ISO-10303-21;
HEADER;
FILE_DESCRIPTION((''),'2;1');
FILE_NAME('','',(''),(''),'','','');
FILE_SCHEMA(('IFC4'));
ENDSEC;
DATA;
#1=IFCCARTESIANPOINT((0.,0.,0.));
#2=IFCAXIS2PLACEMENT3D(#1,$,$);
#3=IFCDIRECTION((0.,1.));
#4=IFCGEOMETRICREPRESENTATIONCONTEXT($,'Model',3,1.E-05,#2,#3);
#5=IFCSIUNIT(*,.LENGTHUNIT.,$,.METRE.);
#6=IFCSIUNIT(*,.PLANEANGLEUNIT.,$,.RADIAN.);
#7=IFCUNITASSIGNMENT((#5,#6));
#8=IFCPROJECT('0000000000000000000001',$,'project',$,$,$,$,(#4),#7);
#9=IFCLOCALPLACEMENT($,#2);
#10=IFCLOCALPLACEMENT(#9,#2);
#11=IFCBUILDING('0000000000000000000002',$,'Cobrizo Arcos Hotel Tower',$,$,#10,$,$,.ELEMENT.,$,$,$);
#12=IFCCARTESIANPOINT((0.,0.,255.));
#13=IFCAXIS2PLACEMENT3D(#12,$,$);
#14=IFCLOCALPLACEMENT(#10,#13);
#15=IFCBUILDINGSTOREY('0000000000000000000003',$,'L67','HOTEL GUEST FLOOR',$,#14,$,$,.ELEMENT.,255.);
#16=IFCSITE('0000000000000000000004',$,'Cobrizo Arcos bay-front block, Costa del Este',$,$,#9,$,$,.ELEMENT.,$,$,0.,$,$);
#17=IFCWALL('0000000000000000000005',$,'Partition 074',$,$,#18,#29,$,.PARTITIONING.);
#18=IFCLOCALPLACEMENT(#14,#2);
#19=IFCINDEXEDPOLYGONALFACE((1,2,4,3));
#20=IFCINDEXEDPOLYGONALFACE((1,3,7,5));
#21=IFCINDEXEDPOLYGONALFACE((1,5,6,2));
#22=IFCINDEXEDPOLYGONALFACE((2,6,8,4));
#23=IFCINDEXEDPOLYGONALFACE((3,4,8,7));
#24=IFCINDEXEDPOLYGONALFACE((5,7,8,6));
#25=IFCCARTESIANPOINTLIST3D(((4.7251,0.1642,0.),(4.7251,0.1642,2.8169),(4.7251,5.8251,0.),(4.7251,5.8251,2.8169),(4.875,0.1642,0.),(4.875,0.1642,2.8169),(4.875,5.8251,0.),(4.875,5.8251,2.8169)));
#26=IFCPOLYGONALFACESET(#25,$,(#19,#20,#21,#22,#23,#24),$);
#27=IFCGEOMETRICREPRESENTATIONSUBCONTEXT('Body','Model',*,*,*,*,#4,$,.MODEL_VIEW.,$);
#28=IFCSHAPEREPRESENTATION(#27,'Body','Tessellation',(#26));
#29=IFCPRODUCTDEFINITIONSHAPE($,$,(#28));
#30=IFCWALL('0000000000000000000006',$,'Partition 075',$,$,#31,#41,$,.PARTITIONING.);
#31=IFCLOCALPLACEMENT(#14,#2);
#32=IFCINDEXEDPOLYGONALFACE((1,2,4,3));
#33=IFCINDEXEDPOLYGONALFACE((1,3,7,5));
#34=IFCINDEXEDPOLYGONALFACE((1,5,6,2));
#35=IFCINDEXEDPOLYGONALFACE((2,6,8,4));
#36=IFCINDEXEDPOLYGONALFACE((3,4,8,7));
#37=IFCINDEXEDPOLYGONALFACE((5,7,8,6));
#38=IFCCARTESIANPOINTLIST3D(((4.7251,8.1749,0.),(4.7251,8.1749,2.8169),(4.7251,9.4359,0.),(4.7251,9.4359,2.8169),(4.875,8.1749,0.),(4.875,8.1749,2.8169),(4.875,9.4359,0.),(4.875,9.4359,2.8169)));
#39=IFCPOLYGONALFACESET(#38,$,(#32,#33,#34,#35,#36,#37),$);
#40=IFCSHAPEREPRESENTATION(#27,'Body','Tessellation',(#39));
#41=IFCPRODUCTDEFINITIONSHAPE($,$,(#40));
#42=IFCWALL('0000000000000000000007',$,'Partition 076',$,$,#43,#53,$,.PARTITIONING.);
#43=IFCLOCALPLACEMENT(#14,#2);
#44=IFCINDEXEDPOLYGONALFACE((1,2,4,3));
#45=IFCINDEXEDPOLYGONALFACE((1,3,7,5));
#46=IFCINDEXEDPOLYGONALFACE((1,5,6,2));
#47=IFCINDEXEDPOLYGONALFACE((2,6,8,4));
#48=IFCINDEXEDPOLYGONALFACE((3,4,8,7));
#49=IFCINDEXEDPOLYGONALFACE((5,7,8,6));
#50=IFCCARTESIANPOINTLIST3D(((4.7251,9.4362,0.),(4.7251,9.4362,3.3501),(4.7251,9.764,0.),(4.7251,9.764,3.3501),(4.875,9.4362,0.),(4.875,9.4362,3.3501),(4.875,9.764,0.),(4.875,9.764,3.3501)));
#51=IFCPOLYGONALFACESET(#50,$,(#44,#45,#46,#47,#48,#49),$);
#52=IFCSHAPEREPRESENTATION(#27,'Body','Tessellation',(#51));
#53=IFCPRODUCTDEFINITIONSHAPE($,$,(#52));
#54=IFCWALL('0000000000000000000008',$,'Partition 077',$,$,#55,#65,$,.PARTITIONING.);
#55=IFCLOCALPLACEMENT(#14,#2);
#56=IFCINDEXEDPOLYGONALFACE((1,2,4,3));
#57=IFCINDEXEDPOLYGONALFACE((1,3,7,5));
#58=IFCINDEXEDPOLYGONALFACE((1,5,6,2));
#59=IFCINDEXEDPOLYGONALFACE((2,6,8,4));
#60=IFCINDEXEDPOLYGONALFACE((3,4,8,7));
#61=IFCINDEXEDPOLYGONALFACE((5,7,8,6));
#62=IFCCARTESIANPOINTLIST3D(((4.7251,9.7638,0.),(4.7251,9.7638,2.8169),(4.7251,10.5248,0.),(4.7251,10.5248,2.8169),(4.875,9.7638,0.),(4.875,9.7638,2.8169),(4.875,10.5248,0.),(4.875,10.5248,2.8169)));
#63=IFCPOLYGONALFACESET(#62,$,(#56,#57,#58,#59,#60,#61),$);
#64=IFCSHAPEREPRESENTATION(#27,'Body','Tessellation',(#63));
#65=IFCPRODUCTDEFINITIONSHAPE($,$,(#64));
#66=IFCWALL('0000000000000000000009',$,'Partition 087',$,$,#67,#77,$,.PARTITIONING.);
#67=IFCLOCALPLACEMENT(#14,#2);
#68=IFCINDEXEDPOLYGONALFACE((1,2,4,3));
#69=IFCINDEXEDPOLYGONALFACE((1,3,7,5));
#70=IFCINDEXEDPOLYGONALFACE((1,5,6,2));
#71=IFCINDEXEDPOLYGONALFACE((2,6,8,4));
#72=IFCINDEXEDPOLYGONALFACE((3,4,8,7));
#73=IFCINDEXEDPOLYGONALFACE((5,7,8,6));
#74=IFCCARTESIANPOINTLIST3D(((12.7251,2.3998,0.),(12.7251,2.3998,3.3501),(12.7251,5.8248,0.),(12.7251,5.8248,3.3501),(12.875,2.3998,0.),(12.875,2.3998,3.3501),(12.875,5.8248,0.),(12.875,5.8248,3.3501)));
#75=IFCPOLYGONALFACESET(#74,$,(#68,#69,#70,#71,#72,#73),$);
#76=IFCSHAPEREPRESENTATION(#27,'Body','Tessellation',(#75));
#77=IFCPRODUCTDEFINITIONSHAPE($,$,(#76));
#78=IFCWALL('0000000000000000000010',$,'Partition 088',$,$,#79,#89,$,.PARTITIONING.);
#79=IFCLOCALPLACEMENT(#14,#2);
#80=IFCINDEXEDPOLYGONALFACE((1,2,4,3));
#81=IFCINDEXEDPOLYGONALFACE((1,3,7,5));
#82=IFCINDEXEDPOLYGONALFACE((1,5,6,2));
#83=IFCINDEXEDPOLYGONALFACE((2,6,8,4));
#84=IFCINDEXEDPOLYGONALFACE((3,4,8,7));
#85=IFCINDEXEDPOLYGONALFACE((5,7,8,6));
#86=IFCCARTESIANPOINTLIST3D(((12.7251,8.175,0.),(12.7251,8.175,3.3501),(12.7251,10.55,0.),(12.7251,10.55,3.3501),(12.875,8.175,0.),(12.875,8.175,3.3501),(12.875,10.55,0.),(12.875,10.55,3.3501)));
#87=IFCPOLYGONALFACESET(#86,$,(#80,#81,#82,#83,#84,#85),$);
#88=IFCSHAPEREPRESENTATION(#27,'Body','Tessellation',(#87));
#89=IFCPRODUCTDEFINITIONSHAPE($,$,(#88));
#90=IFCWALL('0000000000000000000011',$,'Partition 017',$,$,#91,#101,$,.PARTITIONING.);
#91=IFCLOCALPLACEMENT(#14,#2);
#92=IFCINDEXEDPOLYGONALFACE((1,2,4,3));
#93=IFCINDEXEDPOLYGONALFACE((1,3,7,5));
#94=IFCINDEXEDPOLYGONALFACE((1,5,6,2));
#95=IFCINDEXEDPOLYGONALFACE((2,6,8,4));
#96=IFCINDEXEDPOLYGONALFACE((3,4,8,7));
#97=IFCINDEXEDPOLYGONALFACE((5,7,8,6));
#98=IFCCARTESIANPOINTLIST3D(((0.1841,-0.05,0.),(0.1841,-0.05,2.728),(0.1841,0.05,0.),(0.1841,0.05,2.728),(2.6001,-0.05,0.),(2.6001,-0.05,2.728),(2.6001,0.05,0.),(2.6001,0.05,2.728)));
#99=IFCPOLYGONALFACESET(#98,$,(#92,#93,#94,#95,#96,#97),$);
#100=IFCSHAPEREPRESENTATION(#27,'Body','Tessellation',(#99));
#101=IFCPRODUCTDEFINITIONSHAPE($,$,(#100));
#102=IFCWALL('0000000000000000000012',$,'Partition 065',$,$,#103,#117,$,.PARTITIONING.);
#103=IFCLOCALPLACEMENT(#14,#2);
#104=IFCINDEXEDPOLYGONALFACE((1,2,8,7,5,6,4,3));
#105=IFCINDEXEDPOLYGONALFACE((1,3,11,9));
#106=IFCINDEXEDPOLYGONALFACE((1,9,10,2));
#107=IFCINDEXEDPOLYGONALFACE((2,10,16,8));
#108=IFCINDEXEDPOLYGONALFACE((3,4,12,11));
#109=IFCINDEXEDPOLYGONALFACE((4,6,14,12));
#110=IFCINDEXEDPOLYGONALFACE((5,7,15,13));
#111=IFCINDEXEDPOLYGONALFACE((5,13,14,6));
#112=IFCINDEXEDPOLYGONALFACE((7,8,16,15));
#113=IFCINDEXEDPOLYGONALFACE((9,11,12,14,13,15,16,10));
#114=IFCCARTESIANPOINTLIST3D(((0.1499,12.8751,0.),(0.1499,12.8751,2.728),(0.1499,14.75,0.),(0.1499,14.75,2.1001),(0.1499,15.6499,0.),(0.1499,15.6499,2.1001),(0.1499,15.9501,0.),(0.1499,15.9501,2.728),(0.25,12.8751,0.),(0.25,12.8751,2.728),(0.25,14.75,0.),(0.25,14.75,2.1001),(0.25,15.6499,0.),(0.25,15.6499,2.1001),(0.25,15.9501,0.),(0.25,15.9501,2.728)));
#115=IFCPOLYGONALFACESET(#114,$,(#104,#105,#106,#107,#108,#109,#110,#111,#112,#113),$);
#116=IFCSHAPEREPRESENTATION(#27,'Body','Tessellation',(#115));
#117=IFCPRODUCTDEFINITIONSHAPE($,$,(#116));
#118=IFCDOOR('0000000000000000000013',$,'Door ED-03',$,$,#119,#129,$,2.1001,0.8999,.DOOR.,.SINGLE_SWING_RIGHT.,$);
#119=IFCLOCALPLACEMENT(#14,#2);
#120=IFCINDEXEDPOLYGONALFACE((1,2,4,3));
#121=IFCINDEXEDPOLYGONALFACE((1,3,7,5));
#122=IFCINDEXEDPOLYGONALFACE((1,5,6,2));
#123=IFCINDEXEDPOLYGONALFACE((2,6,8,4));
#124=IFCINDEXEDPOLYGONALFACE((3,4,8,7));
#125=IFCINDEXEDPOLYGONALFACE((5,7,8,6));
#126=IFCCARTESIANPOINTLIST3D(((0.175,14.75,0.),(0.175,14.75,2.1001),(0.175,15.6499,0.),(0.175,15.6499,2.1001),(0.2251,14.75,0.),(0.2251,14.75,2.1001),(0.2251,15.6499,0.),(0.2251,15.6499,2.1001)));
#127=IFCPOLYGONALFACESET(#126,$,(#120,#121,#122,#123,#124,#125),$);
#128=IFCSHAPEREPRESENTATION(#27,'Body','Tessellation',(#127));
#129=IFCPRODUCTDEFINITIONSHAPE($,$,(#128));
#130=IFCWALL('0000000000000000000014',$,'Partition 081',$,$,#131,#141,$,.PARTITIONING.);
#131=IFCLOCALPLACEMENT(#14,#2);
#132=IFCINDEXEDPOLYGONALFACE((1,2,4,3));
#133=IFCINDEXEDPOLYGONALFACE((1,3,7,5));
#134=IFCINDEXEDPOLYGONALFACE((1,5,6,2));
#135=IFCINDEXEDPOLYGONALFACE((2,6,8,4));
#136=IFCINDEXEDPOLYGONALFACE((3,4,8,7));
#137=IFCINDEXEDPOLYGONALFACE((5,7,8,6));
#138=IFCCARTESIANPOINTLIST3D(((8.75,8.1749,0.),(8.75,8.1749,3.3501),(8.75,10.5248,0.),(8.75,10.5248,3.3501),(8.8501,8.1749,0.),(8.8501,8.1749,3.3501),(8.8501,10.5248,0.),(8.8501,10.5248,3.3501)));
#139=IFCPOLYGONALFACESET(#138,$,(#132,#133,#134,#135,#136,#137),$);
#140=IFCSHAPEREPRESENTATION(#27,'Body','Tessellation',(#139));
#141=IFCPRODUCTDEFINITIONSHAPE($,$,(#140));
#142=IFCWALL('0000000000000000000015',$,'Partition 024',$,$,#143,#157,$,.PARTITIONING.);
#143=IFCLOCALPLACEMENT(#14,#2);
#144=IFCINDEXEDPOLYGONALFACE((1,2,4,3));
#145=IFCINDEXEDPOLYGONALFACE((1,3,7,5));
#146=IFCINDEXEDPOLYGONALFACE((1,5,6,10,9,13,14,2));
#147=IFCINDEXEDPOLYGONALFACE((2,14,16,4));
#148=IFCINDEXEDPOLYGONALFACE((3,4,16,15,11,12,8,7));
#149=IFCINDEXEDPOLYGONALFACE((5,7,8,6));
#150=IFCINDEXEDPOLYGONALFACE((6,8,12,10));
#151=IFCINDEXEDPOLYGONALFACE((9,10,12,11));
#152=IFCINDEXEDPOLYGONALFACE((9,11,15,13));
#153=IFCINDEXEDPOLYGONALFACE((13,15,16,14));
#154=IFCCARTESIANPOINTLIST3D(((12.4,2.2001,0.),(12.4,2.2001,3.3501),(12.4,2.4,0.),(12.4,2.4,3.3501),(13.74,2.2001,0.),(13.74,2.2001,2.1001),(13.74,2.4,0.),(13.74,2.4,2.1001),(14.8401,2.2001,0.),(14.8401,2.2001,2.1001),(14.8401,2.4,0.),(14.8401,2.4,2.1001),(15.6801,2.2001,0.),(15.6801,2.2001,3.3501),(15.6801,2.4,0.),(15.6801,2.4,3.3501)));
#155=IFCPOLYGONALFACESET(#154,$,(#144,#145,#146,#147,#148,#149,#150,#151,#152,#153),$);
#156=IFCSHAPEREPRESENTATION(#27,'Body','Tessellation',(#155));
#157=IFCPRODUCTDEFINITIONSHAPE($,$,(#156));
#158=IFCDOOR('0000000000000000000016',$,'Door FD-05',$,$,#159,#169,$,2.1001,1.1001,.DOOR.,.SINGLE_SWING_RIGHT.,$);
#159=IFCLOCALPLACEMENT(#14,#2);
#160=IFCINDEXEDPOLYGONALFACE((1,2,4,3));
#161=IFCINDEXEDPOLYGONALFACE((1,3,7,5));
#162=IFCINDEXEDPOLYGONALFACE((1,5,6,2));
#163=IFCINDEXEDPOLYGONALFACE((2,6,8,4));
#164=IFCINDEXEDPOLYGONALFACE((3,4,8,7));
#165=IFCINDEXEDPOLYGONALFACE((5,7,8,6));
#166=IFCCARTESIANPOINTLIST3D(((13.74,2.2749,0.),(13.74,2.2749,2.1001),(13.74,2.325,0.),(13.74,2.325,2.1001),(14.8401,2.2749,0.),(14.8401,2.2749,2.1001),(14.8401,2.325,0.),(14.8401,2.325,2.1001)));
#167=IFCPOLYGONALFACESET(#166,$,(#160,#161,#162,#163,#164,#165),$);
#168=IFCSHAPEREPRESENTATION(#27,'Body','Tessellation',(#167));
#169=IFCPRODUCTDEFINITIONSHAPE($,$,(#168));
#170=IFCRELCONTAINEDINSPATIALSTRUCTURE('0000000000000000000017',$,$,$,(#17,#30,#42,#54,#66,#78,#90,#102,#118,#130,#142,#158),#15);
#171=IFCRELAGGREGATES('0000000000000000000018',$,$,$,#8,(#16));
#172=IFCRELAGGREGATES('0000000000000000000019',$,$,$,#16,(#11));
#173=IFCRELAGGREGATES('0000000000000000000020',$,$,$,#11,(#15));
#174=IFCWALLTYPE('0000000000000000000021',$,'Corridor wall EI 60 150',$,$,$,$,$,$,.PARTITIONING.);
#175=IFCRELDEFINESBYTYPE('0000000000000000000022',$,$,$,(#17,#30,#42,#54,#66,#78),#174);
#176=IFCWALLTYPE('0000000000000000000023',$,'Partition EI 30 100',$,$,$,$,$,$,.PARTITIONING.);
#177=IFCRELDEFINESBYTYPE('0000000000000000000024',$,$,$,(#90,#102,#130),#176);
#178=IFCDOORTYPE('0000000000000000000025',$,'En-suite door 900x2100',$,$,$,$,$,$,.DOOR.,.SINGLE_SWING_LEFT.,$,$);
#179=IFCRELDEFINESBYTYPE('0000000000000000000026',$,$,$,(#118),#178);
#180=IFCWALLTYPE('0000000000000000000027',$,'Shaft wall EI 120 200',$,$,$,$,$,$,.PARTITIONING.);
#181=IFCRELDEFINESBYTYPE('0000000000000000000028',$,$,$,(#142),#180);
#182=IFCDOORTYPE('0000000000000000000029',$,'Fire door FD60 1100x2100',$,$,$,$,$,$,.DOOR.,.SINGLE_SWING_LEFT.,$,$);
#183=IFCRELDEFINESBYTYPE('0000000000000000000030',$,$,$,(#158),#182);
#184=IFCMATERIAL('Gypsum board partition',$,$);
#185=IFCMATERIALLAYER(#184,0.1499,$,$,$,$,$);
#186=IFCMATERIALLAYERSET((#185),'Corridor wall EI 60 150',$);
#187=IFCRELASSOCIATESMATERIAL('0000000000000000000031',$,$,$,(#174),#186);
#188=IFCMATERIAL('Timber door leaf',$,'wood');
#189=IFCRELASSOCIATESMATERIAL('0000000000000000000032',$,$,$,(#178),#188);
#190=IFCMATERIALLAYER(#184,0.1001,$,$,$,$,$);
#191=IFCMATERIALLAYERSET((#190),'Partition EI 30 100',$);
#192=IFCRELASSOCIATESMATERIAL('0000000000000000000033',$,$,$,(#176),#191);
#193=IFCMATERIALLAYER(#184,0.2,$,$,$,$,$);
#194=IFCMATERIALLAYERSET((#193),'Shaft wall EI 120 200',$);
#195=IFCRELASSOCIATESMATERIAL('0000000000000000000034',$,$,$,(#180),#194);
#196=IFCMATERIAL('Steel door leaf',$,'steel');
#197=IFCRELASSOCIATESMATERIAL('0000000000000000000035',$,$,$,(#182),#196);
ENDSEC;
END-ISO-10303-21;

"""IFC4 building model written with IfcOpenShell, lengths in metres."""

from ifc_helpers import new_model, si_unit, direction, frame, frame_2d, origin, place, context, subcontext, project, spatial, rectangle, extrude, material, layer, layer_set, type_object, element, fill, save


model = new_model("IFC4")

# Units and contexts
model_context = context("Model", 3, precision=1e-05, world=origin(), true_north=direction((0.0, 1.0)))
body_context = subcontext(model_context, "Body", "Model", "MODEL_VIEW")
ifc_project = project(units=[si_unit("LENGTHUNIT", "METRE"), si_unit("PLANEANGLEUNIT", "RADIAN")], contexts=[model_context])

# Site, building, storey
site_placement = place(None, origin())
site = spatial("IfcSite", under=ifc_project, at=site_placement, Name="Cobrizo Arcos bay-front block, Costa del Este", CompositionType="ELEMENT", RefElevation=0.0)
building_placement = place(site_placement, origin())
building = spatial("IfcBuilding", under=site, at=building_placement, Name="Cobrizo Arcos Hotel Tower", CompositionType="ELEMENT")
storey_placement = place(building_placement, frame((0.0, 0.0, 255.0)))
storey = spatial("IfcBuildingStorey", under=building, at=storey_placement, Name="L67", Description="HOTEL GUEST FLOOR", CompositionType="ELEMENT", Elevation=255.0)

# Shared definitions
ifc_material_1 = material(Name="Gypsum board partition")
ifc_layer_1 = layer(ifc_material_1, 0.1499)
ifc_layer_set_1 = layer_set([ifc_layer_1], Name="Corridor wall EI 60 150")
wall_type_1 = type_object("IfcWallType", Name="Corridor wall EI 60 150", PredefinedType="PARTITIONING", material=ifc_layer_set_1)

# Shared definitions
ifc_material_2 = material(Name="Timber door leaf", Category="wood")
door_type_1 = type_object("IfcDoorType", Name="En-suite door 900x2100", OperationType="SINGLE_SWING_LEFT", PredefinedType="DOOR", material=ifc_material_2)

# Walls
wall_1_placement = place(storey_placement, frame((4.8, 0.1641, 0.0), z_axis=(0.0, 0.0, 1.0), x_axis=(0.0, 1.0, 0.0)))
element("IfcWall", 1, at=wall_1_placement, inside=storey, type_object=wall_type_1, Name="Partition 074", PredefinedType="PARTITIONING", context=body_context, shape_type="SweptSolid", body=[
    extrude(rectangle(XDim=5.6609, YDim=0.1499, at=frame_2d((2.8306, 0.0))), origin(), (0.0, 0.0, 1.0), 2.8169),
])
wall_2_placement = place(storey_placement, frame((4.8, 8.175, 0.0), z_axis=(0.0, 0.0, 1.0), x_axis=(0.0, 1.0, 0.0)))
element("IfcWall", 2, at=wall_2_placement, inside=storey, type_object=wall_type_1, Name="Partition 075", PredefinedType="PARTITIONING", context=body_context, shape_type="SweptSolid", body=[
    extrude(rectangle(XDim=1.261, YDim=0.1499, at=frame_2d((0.6304, 0.0))), origin(), (0.0, 0.0, 1.0), 2.8169),
])
wall_3_placement = place(storey_placement, frame((4.8, 9.436, 0.0), z_axis=(0.0, 0.0, 1.0), x_axis=(0.0, 1.0, 0.0)))
element("IfcWall", 3, at=wall_3_placement, inside=storey, type_object=wall_type_1, Name="Partition 076", PredefinedType="PARTITIONING", context=body_context, shape_type="SweptSolid", body=[
    extrude(rectangle(XDim=0.3279, YDim=0.1499, at=frame_2d((0.1641, 0.0))), origin(), (0.0, 0.0, 1.0), 3.3501),
])
wall_4_placement = place(storey_placement, frame((4.8, 9.7639, 0.0), z_axis=(0.0, 0.0, 1.0), x_axis=(0.0, 1.0, 0.0)))
element("IfcWall", 4, at=wall_4_placement, inside=storey, type_object=wall_type_1, Name="Partition 077", PredefinedType="PARTITIONING", context=body_context, shape_type="SweptSolid", body=[
    extrude(rectangle(XDim=0.761, YDim=0.1499, at=frame_2d((0.3804, 0.0))), origin(), (0.0, 0.0, 1.0), 2.8169),
])
wall_5_placement = place(storey_placement, frame((12.8, 2.3999, 0.0), z_axis=(0.0, 0.0, 1.0), x_axis=(0.0, 1.0, 0.0)))
element("IfcWall", 5, at=wall_5_placement, inside=storey, type_object=wall_type_1, Name="Partition 087", PredefinedType="PARTITIONING", context=body_context, shape_type="SweptSolid", body=[
    extrude(rectangle(XDim=3.425, YDim=0.1499, at=frame_2d((1.7124, 0.0))), origin(), (0.0, 0.0, 1.0), 3.3501),
])
wall_6_placement = place(storey_placement, frame((12.8, 8.175, 0.0), z_axis=(0.0, 0.0, 1.0), x_axis=(0.0, 1.0, 0.0)))
element("IfcWall", 6, at=wall_6_placement, inside=storey, type_object=wall_type_1, Name="Partition 088", PredefinedType="PARTITIONING", context=body_context, shape_type="SweptSolid", body=[
    extrude(rectangle(XDim=2.375, YDim=0.1499, at=frame_2d((1.1875, 0.0))), origin(), (0.0, 0.0, 1.0), 3.3501),
])
ifc_layer_2 = layer(ifc_material_1, 0.1001)
ifc_layer_set_2 = layer_set([ifc_layer_2], Name="Partition EI 30 100")
wall_type_2 = type_object("IfcWallType", Name="Partition EI 30 100", PredefinedType="PARTITIONING", material=ifc_layer_set_2)
wall_7_placement = place(storey_placement, frame((0.1841, 0.0, 0.0), z_axis=(0.0, 0.0, 1.0), x_axis=(1.0, 0.0, 0.0)))
element("IfcWall", 7, at=wall_7_placement, inside=storey, type_object=wall_type_2, Name="Partition 017", PredefinedType="PARTITIONING", context=body_context, shape_type="SweptSolid", body=[
    extrude(rectangle(XDim=2.416, YDim=0.1001, at=frame_2d((1.208, 0.0))), origin(), (0.0, 0.0, 1.0), 2.728),
])

# Wall, opening, door
wall_8_placement = place(storey_placement, frame((0.2, 12.875, 0.0), z_axis=(0.0, 0.0, 1.0), x_axis=(0.0, 1.0, 0.0)))
wall_8 = element("IfcWall", 8, at=wall_8_placement, inside=storey, type_object=wall_type_2, Name="Partition 065", PredefinedType="PARTITIONING", context=body_context, shape_type="SweptSolid", body=[
    extrude(rectangle(XDim=3.075, YDim=0.1001, at=frame_2d((1.5376, 0.0))), origin(), (0.0, 0.0, 1.0), 2.728),
])
opening_1_placement = place(wall_8_placement, frame((1.875, 0.0, 0.0)))
opening_1 = element("IfcOpeningElement", 9, at=opening_1_placement, cuts=wall_8, PredefinedType="OPENING", context=body_context, shape_type="SweptSolid", body=[
    extrude(rectangle(XDim=0.8999, YDim=2.1001, at=frame_2d((0.45, 1.05))), frame((0.0, 0.062, 0.0), z_axis=(0.0, -1.0, 0.0), x_axis=(1.0, 0.0, 0.0)), (0.0, 0.0, 1.0), 0.124),
])
door_1_placement = place(opening_1_placement, origin())
door_1 = element("IfcDoor", 10, at=door_1_placement, inside=storey, type_object=door_type_1, Name="Door ED-03", OperationType="SINGLE_SWING_RIGHT", OverallHeight=2.1001, OverallWidth=0.8999, PredefinedType="DOOR", context=body_context, shape_type="SweptSolid", body=[
    extrude(rectangle(XDim=0.8999, YDim=2.1001, at=frame_2d((0.45, 1.05))), frame((0.0, 0.0249, 0.0), z_axis=(0.0, -1.0, 0.0), x_axis=(1.0, 0.0, 0.0)), (0.0, 0.0, 1.0), 0.05),
])
fill(opening_1, door_1)

# Wall
wall_9_placement = place(storey_placement, frame((8.8, 8.175, 0.0), z_axis=(0.0, 0.0, 1.0), x_axis=(0.0, 1.0, 0.0)))
element("IfcWall", 11, at=wall_9_placement, inside=storey, type_object=wall_type_2, Name="Partition 081", PredefinedType="PARTITIONING", context=body_context, shape_type="SweptSolid", body=[
    extrude(rectangle(XDim=2.3499, YDim=0.1001, at=frame_2d((1.1748, 0.0))), origin(), (0.0, 0.0, 1.0), 3.3501),
])

# Wall, opening, door
ifc_layer_3 = layer(ifc_material_1, 0.2)
ifc_layer_set_3 = layer_set([ifc_layer_3], Name="Shaft wall EI 120 200")
wall_type_3 = type_object("IfcWallType", Name="Shaft wall EI 120 200", PredefinedType="PARTITIONING", material=ifc_layer_set_3)
wall_10_placement = place(storey_placement, frame((12.3999, 2.3, 0.0), z_axis=(0.0, 0.0, 1.0), x_axis=(1.0, 0.0, 0.0)))
wall_10 = element("IfcWall", 12, at=wall_10_placement, inside=storey, type_object=wall_type_3, Name="Partition 024", PredefinedType="PARTITIONING", context=body_context, shape_type="SweptSolid", body=[
    extrude(rectangle(XDim=3.28, YDim=0.2, at=frame_2d((1.6401, 0.0))), origin(), (0.0, 0.0, 1.0), 3.3501),
])
opening_2_placement = place(wall_10_placement, frame((1.3401, 0.0, 0.0)))
opening_2 = element("IfcOpeningElement", 13, at=opening_2_placement, cuts=wall_10, PredefinedType="OPENING", context=body_context, shape_type="SweptSolid", body=[
    extrude(rectangle(XDim=1.1001, YDim=2.1001, at=frame_2d((0.55, 1.05))), frame((0.0, 0.1121, 0.0), z_axis=(0.0, -1.0, 0.0), x_axis=(1.0, 0.0, 0.0)), (0.0, 0.0, 1.0), 0.2239),
])
ifc_material_3 = material(Name="Steel door leaf", Category="steel")
door_type_2 = type_object("IfcDoorType", Name="Fire door FD60 1100x2100", OperationType="SINGLE_SWING_LEFT", PredefinedType="DOOR", material=ifc_material_3)
door_2_placement = place(opening_2_placement, origin())
door_2 = element("IfcDoor", 14, at=door_2_placement, inside=storey, type_object=door_type_2, Name="Door FD-05", OperationType="SINGLE_SWING_RIGHT", OverallHeight=2.1001, OverallWidth=1.1001, PredefinedType="DOOR", context=body_context, shape_type="SweptSolid", body=[
    extrude(rectangle(XDim=1.1001, YDim=2.1001, at=frame_2d((0.55, 1.05))), frame((0.0, 0.0249, 0.0), z_axis=(0.0, -1.0, 0.0), x_axis=(1.0, 0.0, 0.0)), (0.0, 0.0, 1.0), 0.05),
])
fill(opening_2, door_2)

save(model, "model.ifc")
